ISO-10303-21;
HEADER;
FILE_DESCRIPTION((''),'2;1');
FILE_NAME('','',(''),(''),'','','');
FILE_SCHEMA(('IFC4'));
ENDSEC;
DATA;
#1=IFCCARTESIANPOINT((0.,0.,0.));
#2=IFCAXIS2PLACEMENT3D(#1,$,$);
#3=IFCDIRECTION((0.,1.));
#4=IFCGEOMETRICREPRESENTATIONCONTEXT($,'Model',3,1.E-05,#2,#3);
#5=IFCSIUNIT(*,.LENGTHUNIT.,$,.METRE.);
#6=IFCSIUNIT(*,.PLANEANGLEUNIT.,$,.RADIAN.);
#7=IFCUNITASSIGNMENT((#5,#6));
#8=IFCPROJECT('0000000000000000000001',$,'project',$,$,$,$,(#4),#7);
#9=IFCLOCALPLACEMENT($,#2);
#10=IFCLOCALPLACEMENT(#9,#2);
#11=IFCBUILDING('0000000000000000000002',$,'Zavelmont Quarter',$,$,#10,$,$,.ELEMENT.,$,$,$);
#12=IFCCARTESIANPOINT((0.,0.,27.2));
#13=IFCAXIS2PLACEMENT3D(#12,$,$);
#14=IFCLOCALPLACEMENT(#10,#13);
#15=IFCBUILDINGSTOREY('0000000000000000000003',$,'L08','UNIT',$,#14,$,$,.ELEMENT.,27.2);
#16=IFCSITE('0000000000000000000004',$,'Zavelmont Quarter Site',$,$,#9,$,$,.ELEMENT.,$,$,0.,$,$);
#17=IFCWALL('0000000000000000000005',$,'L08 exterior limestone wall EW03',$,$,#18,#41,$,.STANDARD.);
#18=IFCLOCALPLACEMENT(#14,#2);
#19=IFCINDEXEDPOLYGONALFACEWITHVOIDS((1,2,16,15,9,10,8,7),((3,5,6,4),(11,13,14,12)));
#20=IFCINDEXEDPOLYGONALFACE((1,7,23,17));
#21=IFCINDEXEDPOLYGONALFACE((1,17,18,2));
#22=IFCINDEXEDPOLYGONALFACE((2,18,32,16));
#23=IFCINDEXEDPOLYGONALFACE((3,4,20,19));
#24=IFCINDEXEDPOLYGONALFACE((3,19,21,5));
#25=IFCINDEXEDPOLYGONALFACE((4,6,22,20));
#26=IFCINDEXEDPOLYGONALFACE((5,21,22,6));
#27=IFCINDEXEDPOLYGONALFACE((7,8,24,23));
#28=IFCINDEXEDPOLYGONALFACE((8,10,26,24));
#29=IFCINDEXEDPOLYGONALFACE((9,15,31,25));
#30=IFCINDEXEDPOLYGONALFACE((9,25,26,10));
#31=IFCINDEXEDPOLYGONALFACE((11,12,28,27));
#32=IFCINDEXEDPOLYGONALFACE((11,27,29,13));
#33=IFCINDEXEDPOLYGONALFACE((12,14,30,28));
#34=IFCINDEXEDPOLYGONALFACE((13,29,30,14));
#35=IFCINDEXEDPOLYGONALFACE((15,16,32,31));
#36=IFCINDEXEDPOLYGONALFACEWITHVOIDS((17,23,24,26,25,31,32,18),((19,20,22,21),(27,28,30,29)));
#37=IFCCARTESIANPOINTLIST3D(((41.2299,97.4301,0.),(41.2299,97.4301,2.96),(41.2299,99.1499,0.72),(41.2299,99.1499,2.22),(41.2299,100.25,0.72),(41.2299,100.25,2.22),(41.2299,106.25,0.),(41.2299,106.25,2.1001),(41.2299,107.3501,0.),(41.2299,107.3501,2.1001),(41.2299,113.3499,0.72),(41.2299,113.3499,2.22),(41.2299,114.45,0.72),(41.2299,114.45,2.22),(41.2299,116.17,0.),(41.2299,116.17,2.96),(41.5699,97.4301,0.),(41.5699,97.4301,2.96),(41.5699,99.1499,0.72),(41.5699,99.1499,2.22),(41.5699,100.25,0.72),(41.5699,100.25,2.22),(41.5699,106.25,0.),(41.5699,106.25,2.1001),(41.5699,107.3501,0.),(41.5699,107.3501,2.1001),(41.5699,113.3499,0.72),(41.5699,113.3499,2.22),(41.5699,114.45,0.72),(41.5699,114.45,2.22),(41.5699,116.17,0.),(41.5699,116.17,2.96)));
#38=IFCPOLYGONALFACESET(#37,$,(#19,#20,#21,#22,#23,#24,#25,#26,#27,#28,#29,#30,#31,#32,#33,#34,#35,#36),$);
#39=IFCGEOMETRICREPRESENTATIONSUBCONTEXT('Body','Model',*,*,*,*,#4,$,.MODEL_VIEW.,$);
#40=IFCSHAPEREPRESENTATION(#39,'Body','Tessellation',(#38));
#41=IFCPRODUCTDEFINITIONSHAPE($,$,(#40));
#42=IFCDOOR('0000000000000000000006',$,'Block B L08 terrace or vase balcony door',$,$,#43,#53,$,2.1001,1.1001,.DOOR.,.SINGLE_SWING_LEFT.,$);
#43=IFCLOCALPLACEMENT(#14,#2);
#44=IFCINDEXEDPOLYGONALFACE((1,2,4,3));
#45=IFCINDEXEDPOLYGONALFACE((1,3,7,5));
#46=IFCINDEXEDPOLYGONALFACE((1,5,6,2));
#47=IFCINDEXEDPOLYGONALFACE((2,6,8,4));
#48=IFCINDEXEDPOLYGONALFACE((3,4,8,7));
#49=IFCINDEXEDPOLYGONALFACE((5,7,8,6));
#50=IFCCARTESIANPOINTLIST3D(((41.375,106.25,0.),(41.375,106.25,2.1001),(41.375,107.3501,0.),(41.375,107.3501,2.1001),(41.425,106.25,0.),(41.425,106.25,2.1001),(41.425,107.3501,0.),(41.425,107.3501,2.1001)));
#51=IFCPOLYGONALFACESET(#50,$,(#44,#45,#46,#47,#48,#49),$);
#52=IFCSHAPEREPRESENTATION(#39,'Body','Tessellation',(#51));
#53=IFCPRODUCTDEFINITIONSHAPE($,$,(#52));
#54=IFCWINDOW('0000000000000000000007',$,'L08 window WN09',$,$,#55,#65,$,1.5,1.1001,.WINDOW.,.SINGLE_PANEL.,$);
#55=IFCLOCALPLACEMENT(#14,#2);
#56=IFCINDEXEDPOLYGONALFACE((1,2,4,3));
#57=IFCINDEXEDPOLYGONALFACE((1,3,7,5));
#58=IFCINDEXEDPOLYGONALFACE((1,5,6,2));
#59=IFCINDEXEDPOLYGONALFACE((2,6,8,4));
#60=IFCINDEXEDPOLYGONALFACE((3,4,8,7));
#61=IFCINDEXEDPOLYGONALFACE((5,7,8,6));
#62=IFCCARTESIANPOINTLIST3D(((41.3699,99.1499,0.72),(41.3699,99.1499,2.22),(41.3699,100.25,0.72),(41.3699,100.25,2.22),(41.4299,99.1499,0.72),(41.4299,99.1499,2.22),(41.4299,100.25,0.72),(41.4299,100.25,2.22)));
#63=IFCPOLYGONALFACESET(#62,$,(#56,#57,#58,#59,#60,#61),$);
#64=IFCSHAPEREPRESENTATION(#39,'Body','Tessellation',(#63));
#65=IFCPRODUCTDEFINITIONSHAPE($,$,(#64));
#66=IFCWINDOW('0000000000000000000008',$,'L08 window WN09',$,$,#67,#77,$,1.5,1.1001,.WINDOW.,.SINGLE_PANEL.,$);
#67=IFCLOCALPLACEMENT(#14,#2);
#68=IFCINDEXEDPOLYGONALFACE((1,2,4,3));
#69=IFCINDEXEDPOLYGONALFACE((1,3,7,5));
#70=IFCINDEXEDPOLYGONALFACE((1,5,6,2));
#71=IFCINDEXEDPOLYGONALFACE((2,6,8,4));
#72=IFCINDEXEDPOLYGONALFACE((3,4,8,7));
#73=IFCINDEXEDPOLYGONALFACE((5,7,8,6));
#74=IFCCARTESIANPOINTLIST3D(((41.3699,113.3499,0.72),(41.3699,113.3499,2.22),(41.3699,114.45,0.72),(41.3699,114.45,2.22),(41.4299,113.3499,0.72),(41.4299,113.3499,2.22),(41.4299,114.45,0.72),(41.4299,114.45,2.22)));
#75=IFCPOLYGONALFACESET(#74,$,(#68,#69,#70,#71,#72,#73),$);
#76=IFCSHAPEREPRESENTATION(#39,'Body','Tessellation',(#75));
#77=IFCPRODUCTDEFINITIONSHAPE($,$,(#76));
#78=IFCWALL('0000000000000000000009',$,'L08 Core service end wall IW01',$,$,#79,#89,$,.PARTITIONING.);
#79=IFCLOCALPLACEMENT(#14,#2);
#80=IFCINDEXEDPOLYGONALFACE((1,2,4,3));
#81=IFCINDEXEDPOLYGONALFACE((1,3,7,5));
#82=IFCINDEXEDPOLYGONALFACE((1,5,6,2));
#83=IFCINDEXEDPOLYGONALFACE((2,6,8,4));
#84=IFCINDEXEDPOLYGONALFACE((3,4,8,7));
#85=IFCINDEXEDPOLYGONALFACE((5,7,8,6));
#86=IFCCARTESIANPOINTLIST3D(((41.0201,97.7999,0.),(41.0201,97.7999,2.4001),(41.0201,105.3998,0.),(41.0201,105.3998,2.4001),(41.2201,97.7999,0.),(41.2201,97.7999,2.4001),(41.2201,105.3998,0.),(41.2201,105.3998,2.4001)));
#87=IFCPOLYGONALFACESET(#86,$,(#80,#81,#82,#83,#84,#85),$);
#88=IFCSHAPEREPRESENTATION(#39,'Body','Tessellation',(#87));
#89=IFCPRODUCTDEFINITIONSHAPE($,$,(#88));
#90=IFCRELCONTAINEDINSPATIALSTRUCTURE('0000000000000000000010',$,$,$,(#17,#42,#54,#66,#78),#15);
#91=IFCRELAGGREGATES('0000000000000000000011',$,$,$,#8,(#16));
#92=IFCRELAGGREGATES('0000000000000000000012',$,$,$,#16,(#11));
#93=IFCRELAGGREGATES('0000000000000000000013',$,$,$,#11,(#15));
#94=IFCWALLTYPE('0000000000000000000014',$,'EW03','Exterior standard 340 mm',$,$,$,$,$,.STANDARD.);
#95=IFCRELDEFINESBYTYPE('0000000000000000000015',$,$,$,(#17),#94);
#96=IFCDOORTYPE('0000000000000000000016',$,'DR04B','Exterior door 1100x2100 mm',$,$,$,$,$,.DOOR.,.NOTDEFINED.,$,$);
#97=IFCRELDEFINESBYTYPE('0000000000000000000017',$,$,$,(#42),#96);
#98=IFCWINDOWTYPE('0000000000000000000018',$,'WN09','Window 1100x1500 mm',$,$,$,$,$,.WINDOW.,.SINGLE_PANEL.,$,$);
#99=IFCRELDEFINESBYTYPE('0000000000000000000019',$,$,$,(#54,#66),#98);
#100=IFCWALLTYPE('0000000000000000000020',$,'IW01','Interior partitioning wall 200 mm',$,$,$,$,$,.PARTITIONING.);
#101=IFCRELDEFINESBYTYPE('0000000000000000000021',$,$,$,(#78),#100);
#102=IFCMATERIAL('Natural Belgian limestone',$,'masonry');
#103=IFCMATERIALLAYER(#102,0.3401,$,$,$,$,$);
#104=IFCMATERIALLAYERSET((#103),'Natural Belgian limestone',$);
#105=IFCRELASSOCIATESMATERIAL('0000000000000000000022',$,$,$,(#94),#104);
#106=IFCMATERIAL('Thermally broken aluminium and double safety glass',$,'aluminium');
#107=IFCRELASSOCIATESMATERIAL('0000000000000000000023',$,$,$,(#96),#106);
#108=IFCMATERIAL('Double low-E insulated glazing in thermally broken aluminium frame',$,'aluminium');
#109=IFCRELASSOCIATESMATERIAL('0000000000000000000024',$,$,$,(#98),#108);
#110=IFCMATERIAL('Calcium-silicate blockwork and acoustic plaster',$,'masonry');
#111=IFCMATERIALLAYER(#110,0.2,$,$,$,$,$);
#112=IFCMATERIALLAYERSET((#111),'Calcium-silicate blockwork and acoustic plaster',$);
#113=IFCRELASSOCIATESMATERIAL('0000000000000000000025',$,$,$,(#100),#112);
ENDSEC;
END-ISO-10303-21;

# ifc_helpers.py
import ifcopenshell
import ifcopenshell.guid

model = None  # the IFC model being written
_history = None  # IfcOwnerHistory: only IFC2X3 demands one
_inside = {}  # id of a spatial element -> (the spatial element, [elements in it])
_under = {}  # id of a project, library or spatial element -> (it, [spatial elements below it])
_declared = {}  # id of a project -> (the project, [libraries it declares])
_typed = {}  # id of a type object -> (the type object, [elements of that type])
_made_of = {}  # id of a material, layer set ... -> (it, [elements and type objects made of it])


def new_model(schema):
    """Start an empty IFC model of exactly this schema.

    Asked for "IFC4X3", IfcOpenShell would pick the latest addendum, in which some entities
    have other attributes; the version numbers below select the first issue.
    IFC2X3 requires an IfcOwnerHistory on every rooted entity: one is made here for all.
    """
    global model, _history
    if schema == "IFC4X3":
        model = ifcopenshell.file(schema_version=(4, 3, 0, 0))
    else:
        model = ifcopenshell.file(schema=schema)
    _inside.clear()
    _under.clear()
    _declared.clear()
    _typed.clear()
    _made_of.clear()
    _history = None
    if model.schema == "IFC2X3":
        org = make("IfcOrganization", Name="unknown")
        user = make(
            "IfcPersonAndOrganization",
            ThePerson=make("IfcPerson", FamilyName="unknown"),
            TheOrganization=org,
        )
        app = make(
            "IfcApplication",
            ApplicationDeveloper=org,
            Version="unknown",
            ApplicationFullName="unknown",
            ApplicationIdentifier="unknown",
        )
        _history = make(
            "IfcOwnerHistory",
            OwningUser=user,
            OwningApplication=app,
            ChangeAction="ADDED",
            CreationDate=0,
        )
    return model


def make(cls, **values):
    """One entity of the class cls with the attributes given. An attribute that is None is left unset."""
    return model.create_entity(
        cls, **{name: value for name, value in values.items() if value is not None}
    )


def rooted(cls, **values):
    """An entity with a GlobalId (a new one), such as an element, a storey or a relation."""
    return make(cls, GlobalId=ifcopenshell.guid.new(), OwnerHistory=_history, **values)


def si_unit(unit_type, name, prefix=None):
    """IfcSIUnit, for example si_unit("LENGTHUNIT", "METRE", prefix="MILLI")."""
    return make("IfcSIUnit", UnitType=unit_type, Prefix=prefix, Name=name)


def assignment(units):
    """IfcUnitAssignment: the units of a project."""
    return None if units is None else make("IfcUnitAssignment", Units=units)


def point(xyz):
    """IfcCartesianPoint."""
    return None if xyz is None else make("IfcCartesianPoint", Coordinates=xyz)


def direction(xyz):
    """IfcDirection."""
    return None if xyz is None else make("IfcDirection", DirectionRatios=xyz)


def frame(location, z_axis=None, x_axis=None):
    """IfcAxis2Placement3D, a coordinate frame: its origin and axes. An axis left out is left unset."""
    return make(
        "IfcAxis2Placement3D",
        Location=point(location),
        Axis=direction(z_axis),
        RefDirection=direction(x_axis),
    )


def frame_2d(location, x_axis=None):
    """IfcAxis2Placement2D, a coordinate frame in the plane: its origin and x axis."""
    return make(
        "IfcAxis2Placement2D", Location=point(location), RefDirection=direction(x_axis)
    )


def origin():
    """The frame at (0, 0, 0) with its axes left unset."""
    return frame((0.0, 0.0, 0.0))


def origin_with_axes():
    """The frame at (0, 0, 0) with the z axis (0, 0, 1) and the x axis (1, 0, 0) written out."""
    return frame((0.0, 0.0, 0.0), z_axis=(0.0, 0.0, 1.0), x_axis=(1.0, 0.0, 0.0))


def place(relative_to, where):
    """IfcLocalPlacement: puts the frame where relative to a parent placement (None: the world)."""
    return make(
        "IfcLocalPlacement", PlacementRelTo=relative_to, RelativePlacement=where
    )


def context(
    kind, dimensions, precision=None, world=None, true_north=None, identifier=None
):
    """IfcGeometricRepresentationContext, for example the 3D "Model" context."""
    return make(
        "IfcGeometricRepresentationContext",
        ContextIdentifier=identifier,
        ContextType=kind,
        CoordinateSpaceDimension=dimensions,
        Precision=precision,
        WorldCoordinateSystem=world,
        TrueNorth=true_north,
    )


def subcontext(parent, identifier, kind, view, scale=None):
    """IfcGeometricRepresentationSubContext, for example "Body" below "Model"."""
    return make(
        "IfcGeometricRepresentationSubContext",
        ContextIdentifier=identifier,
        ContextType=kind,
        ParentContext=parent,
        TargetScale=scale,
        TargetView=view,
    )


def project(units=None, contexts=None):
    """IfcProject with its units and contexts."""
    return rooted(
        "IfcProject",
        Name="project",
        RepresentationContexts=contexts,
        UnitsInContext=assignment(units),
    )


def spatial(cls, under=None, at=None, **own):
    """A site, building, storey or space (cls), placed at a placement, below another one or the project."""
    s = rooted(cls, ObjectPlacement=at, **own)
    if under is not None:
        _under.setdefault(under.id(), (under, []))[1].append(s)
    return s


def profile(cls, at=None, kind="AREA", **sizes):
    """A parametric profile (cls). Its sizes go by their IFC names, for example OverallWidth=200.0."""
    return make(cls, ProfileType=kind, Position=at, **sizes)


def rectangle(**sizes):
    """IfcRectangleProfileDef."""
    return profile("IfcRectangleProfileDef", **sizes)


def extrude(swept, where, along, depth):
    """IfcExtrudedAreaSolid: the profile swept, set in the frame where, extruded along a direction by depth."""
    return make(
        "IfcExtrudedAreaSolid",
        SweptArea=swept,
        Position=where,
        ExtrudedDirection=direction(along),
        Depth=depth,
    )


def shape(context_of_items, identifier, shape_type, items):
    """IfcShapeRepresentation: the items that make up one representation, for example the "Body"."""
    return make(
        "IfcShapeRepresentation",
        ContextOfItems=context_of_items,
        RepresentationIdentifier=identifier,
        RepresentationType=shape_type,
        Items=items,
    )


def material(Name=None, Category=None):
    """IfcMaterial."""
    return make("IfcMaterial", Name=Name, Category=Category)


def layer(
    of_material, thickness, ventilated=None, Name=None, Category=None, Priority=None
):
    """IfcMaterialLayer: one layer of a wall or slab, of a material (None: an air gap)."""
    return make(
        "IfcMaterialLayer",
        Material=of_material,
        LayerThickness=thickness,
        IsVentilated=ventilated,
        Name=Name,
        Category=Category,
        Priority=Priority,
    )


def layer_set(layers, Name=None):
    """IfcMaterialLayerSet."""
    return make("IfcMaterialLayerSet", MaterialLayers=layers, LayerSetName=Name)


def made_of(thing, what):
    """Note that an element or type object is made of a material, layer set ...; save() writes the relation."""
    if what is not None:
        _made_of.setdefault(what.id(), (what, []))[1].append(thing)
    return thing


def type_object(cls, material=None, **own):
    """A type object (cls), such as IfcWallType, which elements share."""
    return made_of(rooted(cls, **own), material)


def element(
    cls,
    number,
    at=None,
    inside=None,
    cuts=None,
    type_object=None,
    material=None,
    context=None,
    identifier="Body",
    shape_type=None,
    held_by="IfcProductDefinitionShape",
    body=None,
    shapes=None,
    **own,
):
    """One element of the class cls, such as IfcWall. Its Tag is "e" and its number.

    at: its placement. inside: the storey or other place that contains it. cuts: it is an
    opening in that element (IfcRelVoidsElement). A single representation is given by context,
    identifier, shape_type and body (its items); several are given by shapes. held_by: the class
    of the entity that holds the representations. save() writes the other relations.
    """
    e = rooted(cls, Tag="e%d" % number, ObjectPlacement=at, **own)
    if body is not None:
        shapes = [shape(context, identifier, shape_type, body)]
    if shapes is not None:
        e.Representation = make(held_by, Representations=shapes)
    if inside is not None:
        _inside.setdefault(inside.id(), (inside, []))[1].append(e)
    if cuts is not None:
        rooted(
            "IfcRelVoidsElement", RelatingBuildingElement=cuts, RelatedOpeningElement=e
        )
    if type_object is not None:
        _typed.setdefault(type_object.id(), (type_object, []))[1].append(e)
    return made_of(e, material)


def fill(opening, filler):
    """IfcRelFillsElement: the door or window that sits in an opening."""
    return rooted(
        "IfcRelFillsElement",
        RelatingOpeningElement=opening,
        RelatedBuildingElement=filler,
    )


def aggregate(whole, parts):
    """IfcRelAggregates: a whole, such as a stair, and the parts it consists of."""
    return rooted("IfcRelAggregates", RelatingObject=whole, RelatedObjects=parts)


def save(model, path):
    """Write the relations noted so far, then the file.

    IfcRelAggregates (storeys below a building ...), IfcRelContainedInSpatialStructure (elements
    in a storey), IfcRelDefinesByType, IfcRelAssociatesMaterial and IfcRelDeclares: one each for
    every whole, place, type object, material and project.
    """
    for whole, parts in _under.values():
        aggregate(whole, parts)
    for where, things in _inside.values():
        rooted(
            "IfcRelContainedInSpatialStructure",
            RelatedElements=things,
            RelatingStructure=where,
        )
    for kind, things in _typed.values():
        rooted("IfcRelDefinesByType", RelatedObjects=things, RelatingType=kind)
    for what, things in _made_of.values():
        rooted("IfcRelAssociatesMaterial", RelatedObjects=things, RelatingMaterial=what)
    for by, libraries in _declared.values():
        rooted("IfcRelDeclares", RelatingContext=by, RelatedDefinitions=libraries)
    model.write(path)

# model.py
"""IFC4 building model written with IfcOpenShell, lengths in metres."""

from ifc_helpers import new_model, si_unit, direction, frame, frame_2d, origin, origin_with_axes, place, context, subcontext, project, spatial, rectangle, extrude, material, layer, layer_set, type_object, element, fill, save


model = new_model("IFC4")

# Units and contexts
model_context = context("Model", 3, precision=1e-05, world=origin(), true_north=direction((0.0, 1.0)))
body_context = subcontext(model_context, "Body", "Model", "MODEL_VIEW")
ifc_project = project(units=[si_unit("LENGTHUNIT", "METRE"), si_unit("PLANEANGLEUNIT", "RADIAN")], contexts=[model_context])

# Site, building, storey
site_placement = place(None, origin())
site = spatial("IfcSite", under=ifc_project, at=site_placement, Name="Zavelmont Quarter Site", CompositionType="ELEMENT", RefElevation=0.0)
building_placement = place(site_placement, origin())
building = spatial("IfcBuilding", under=site, at=building_placement, Name="Zavelmont Quarter", CompositionType="ELEMENT")
storey_placement = place(building_placement, frame((0.0, 0.0, 27.2)))
storey = spatial("IfcBuildingStorey", under=building, at=storey_placement, Name="L08", Description="UNIT", CompositionType="ELEMENT", Elevation=27.2)

# Wall, openings, door, windows
ifc_material_1 = material(Name="Natural Belgian limestone", Category="masonry")
ifc_layer_1 = layer(ifc_material_1, 0.3401)
ifc_layer_set_1 = layer_set([ifc_layer_1], Name="Natural Belgian limestone")
wall_type_1 = type_object("IfcWallType", Name="EW03", Description="Exterior standard 340 mm", PredefinedType="STANDARD", material=ifc_layer_set_1)
wall_1_placement = place(storey_placement, frame((41.3999, 97.4299, 0.0), z_axis=(0.0, 0.0, 1.0), x_axis=(0.0, 1.0, 0.0)))
wall_1 = element("IfcWall", 1, at=wall_1_placement, inside=storey, type_object=wall_type_1, Name="L08 exterior limestone wall EW03", PredefinedType="STANDARD", context=body_context, shape_type="SweptSolid", body=[
    extrude(rectangle(XDim=18.74, YDim=0.3401, at=frame_2d((9.3701, 0.0))), origin(), (0.0, 0.0, 1.0), 2.96),
])
opening_1_placement = place(wall_1_placement, frame((8.8201, 0.0, 0.0)))
opening_1 = element("IfcOpeningElement", 2, at=opening_1_placement, cuts=wall_1, PredefinedType="OPENING", context=body_context, shape_type="SweptSolid", body=[
    extrude(rectangle(XDim=1.1001, YDim=2.1001, at=frame_2d((0.55, 1.05))), frame((0.0, 0.1821, 0.0), z_axis=(0.0, -1.0, 0.0), x_axis=(1.0, 0.0, 0.0)), (0.0, 0.0, 1.0), 0.364),
])
opening_2_placement = place(wall_1_placement, frame((1.72, 0.0, 0.72)))
opening_2 = element("IfcOpeningElement", 3, at=opening_2_placement, cuts=wall_1, PredefinedType="OPENING", context=body_context, shape_type="SweptSolid", body=[
    extrude(rectangle(XDim=1.1001, YDim=1.5, at=frame_2d((0.55, 0.75))), frame((0.0, 0.1821, 0.0), z_axis=(0.0, -1.0, 0.0), x_axis=(1.0, 0.0, 0.0)), (0.0, 0.0, 1.0), 0.364),
])
opening_3_placement = place(wall_1_placement, frame((15.9199, 0.0, 0.72)))
opening_3 = element("IfcOpeningElement", 4, at=opening_3_placement, cuts=wall_1, PredefinedType="OPENING", context=body_context, shape_type="SweptSolid", body=[
    extrude(rectangle(XDim=1.1001, YDim=1.5, at=frame_2d((0.55, 0.75))), frame((0.0, 0.1821, 0.0), z_axis=(0.0, -1.0, 0.0), x_axis=(1.0, 0.0, 0.0)), (0.0, 0.0, 1.0), 0.364),
])
ifc_material_2 = material(Name="Thermally broken aluminium and double safety glass", Category="aluminium")
door_type = type_object("IfcDoorType", Name="DR04B", Description="Exterior door 1100x2100 mm", OperationType="NOTDEFINED", PredefinedType="DOOR", material=ifc_material_2)
door_placement = place(opening_1_placement, origin_with_axes())
door = element("IfcDoor", 5, at=door_placement, inside=storey, type_object=door_type, Name="Block B L08 terrace or vase balcony door", OperationType="SINGLE_SWING_LEFT", OverallHeight=2.1001, OverallWidth=1.1001, PredefinedType="DOOR", context=body_context, shape_type="SweptSolid", body=[
    extrude(rectangle(XDim=1.1001, YDim=2.1001, at=frame_2d((0.55, 1.05))), frame((0.0, 0.0249, 0.0), z_axis=(0.0, -1.0, 0.0), x_axis=(1.0, 0.0, 0.0)), (0.0, 0.0, 1.0), 0.05),
])
fill(opening_1, door)
ifc_material_3 = material(Name="Double low-E insulated glazing in thermally broken aluminium frame", Category="aluminium")
window_type = type_object("IfcWindowType", Name="WN09", Description="Window 1100x1500 mm", PartitioningType="SINGLE_PANEL", PredefinedType="WINDOW", material=ifc_material_3)
window_1_placement = place(opening_2_placement, origin_with_axes())
window_1 = element("IfcWindow", 6, at=window_1_placement, inside=storey, type_object=window_type, Name="L08 window WN09", OverallHeight=1.5, OverallWidth=1.1001, PartitioningType="SINGLE_PANEL", PredefinedType="WINDOW", context=body_context, shape_type="SweptSolid", body=[
    extrude(rectangle(XDim=1.1001, YDim=1.5, at=frame_2d((0.55, 0.75))), frame((0.0, 0.03, 0.0), z_axis=(0.0, -1.0, 0.0), x_axis=(1.0, 0.0, 0.0)), (0.0, 0.0, 1.0), 0.0601),
])
fill(opening_2, window_1)
window_2_placement = place(opening_3_placement, origin_with_axes())
window_2 = element("IfcWindow", 7, at=window_2_placement, inside=storey, type_object=window_type, Name="L08 window WN09", OverallHeight=1.5, OverallWidth=1.1001, PartitioningType="SINGLE_PANEL", PredefinedType="WINDOW", context=body_context, shape_type="SweptSolid", body=[
    extrude(rectangle(XDim=1.1001, YDim=1.5, at=frame_2d((0.55, 0.75))), frame((0.0, 0.03, 0.0), z_axis=(0.0, -1.0, 0.0), x_axis=(1.0, 0.0, 0.0)), (0.0, 0.0, 1.0), 0.0601),
])
fill(opening_3, window_2)

# Wall
ifc_material_4 = material(Name="Calcium-silicate blockwork and acoustic plaster", Category="masonry")
ifc_layer_2 = layer(ifc_material_4, 0.2)
ifc_layer_set_2 = layer_set([ifc_layer_2], Name="Calcium-silicate blockwork and acoustic plaster")
wall_type_2 = type_object("IfcWallType", Name="IW01", Description="Interior partitioning wall 200 mm", PredefinedType="PARTITIONING", material=ifc_layer_set_2)
wall_2_placement = place(storey_placement, frame((41.1201, 97.8, 0.0), z_axis=(0.0, 0.0, 1.0), x_axis=(0.0, 1.0, 0.0)))
element("IfcWall", 8, at=wall_2_placement, inside=storey, type_object=wall_type_2, Name="L08 Core service end wall IW01", PredefinedType="PARTITIONING", context=body_context, shape_type="SweptSolid", body=[
    extrude(rectangle(XDim=7.5999, YDim=0.2, at=frame_2d((3.7998, 0.0))), origin(), (0.0, 0.0, 1.0), 2.4001),
])

save(model, "model.ifc")
